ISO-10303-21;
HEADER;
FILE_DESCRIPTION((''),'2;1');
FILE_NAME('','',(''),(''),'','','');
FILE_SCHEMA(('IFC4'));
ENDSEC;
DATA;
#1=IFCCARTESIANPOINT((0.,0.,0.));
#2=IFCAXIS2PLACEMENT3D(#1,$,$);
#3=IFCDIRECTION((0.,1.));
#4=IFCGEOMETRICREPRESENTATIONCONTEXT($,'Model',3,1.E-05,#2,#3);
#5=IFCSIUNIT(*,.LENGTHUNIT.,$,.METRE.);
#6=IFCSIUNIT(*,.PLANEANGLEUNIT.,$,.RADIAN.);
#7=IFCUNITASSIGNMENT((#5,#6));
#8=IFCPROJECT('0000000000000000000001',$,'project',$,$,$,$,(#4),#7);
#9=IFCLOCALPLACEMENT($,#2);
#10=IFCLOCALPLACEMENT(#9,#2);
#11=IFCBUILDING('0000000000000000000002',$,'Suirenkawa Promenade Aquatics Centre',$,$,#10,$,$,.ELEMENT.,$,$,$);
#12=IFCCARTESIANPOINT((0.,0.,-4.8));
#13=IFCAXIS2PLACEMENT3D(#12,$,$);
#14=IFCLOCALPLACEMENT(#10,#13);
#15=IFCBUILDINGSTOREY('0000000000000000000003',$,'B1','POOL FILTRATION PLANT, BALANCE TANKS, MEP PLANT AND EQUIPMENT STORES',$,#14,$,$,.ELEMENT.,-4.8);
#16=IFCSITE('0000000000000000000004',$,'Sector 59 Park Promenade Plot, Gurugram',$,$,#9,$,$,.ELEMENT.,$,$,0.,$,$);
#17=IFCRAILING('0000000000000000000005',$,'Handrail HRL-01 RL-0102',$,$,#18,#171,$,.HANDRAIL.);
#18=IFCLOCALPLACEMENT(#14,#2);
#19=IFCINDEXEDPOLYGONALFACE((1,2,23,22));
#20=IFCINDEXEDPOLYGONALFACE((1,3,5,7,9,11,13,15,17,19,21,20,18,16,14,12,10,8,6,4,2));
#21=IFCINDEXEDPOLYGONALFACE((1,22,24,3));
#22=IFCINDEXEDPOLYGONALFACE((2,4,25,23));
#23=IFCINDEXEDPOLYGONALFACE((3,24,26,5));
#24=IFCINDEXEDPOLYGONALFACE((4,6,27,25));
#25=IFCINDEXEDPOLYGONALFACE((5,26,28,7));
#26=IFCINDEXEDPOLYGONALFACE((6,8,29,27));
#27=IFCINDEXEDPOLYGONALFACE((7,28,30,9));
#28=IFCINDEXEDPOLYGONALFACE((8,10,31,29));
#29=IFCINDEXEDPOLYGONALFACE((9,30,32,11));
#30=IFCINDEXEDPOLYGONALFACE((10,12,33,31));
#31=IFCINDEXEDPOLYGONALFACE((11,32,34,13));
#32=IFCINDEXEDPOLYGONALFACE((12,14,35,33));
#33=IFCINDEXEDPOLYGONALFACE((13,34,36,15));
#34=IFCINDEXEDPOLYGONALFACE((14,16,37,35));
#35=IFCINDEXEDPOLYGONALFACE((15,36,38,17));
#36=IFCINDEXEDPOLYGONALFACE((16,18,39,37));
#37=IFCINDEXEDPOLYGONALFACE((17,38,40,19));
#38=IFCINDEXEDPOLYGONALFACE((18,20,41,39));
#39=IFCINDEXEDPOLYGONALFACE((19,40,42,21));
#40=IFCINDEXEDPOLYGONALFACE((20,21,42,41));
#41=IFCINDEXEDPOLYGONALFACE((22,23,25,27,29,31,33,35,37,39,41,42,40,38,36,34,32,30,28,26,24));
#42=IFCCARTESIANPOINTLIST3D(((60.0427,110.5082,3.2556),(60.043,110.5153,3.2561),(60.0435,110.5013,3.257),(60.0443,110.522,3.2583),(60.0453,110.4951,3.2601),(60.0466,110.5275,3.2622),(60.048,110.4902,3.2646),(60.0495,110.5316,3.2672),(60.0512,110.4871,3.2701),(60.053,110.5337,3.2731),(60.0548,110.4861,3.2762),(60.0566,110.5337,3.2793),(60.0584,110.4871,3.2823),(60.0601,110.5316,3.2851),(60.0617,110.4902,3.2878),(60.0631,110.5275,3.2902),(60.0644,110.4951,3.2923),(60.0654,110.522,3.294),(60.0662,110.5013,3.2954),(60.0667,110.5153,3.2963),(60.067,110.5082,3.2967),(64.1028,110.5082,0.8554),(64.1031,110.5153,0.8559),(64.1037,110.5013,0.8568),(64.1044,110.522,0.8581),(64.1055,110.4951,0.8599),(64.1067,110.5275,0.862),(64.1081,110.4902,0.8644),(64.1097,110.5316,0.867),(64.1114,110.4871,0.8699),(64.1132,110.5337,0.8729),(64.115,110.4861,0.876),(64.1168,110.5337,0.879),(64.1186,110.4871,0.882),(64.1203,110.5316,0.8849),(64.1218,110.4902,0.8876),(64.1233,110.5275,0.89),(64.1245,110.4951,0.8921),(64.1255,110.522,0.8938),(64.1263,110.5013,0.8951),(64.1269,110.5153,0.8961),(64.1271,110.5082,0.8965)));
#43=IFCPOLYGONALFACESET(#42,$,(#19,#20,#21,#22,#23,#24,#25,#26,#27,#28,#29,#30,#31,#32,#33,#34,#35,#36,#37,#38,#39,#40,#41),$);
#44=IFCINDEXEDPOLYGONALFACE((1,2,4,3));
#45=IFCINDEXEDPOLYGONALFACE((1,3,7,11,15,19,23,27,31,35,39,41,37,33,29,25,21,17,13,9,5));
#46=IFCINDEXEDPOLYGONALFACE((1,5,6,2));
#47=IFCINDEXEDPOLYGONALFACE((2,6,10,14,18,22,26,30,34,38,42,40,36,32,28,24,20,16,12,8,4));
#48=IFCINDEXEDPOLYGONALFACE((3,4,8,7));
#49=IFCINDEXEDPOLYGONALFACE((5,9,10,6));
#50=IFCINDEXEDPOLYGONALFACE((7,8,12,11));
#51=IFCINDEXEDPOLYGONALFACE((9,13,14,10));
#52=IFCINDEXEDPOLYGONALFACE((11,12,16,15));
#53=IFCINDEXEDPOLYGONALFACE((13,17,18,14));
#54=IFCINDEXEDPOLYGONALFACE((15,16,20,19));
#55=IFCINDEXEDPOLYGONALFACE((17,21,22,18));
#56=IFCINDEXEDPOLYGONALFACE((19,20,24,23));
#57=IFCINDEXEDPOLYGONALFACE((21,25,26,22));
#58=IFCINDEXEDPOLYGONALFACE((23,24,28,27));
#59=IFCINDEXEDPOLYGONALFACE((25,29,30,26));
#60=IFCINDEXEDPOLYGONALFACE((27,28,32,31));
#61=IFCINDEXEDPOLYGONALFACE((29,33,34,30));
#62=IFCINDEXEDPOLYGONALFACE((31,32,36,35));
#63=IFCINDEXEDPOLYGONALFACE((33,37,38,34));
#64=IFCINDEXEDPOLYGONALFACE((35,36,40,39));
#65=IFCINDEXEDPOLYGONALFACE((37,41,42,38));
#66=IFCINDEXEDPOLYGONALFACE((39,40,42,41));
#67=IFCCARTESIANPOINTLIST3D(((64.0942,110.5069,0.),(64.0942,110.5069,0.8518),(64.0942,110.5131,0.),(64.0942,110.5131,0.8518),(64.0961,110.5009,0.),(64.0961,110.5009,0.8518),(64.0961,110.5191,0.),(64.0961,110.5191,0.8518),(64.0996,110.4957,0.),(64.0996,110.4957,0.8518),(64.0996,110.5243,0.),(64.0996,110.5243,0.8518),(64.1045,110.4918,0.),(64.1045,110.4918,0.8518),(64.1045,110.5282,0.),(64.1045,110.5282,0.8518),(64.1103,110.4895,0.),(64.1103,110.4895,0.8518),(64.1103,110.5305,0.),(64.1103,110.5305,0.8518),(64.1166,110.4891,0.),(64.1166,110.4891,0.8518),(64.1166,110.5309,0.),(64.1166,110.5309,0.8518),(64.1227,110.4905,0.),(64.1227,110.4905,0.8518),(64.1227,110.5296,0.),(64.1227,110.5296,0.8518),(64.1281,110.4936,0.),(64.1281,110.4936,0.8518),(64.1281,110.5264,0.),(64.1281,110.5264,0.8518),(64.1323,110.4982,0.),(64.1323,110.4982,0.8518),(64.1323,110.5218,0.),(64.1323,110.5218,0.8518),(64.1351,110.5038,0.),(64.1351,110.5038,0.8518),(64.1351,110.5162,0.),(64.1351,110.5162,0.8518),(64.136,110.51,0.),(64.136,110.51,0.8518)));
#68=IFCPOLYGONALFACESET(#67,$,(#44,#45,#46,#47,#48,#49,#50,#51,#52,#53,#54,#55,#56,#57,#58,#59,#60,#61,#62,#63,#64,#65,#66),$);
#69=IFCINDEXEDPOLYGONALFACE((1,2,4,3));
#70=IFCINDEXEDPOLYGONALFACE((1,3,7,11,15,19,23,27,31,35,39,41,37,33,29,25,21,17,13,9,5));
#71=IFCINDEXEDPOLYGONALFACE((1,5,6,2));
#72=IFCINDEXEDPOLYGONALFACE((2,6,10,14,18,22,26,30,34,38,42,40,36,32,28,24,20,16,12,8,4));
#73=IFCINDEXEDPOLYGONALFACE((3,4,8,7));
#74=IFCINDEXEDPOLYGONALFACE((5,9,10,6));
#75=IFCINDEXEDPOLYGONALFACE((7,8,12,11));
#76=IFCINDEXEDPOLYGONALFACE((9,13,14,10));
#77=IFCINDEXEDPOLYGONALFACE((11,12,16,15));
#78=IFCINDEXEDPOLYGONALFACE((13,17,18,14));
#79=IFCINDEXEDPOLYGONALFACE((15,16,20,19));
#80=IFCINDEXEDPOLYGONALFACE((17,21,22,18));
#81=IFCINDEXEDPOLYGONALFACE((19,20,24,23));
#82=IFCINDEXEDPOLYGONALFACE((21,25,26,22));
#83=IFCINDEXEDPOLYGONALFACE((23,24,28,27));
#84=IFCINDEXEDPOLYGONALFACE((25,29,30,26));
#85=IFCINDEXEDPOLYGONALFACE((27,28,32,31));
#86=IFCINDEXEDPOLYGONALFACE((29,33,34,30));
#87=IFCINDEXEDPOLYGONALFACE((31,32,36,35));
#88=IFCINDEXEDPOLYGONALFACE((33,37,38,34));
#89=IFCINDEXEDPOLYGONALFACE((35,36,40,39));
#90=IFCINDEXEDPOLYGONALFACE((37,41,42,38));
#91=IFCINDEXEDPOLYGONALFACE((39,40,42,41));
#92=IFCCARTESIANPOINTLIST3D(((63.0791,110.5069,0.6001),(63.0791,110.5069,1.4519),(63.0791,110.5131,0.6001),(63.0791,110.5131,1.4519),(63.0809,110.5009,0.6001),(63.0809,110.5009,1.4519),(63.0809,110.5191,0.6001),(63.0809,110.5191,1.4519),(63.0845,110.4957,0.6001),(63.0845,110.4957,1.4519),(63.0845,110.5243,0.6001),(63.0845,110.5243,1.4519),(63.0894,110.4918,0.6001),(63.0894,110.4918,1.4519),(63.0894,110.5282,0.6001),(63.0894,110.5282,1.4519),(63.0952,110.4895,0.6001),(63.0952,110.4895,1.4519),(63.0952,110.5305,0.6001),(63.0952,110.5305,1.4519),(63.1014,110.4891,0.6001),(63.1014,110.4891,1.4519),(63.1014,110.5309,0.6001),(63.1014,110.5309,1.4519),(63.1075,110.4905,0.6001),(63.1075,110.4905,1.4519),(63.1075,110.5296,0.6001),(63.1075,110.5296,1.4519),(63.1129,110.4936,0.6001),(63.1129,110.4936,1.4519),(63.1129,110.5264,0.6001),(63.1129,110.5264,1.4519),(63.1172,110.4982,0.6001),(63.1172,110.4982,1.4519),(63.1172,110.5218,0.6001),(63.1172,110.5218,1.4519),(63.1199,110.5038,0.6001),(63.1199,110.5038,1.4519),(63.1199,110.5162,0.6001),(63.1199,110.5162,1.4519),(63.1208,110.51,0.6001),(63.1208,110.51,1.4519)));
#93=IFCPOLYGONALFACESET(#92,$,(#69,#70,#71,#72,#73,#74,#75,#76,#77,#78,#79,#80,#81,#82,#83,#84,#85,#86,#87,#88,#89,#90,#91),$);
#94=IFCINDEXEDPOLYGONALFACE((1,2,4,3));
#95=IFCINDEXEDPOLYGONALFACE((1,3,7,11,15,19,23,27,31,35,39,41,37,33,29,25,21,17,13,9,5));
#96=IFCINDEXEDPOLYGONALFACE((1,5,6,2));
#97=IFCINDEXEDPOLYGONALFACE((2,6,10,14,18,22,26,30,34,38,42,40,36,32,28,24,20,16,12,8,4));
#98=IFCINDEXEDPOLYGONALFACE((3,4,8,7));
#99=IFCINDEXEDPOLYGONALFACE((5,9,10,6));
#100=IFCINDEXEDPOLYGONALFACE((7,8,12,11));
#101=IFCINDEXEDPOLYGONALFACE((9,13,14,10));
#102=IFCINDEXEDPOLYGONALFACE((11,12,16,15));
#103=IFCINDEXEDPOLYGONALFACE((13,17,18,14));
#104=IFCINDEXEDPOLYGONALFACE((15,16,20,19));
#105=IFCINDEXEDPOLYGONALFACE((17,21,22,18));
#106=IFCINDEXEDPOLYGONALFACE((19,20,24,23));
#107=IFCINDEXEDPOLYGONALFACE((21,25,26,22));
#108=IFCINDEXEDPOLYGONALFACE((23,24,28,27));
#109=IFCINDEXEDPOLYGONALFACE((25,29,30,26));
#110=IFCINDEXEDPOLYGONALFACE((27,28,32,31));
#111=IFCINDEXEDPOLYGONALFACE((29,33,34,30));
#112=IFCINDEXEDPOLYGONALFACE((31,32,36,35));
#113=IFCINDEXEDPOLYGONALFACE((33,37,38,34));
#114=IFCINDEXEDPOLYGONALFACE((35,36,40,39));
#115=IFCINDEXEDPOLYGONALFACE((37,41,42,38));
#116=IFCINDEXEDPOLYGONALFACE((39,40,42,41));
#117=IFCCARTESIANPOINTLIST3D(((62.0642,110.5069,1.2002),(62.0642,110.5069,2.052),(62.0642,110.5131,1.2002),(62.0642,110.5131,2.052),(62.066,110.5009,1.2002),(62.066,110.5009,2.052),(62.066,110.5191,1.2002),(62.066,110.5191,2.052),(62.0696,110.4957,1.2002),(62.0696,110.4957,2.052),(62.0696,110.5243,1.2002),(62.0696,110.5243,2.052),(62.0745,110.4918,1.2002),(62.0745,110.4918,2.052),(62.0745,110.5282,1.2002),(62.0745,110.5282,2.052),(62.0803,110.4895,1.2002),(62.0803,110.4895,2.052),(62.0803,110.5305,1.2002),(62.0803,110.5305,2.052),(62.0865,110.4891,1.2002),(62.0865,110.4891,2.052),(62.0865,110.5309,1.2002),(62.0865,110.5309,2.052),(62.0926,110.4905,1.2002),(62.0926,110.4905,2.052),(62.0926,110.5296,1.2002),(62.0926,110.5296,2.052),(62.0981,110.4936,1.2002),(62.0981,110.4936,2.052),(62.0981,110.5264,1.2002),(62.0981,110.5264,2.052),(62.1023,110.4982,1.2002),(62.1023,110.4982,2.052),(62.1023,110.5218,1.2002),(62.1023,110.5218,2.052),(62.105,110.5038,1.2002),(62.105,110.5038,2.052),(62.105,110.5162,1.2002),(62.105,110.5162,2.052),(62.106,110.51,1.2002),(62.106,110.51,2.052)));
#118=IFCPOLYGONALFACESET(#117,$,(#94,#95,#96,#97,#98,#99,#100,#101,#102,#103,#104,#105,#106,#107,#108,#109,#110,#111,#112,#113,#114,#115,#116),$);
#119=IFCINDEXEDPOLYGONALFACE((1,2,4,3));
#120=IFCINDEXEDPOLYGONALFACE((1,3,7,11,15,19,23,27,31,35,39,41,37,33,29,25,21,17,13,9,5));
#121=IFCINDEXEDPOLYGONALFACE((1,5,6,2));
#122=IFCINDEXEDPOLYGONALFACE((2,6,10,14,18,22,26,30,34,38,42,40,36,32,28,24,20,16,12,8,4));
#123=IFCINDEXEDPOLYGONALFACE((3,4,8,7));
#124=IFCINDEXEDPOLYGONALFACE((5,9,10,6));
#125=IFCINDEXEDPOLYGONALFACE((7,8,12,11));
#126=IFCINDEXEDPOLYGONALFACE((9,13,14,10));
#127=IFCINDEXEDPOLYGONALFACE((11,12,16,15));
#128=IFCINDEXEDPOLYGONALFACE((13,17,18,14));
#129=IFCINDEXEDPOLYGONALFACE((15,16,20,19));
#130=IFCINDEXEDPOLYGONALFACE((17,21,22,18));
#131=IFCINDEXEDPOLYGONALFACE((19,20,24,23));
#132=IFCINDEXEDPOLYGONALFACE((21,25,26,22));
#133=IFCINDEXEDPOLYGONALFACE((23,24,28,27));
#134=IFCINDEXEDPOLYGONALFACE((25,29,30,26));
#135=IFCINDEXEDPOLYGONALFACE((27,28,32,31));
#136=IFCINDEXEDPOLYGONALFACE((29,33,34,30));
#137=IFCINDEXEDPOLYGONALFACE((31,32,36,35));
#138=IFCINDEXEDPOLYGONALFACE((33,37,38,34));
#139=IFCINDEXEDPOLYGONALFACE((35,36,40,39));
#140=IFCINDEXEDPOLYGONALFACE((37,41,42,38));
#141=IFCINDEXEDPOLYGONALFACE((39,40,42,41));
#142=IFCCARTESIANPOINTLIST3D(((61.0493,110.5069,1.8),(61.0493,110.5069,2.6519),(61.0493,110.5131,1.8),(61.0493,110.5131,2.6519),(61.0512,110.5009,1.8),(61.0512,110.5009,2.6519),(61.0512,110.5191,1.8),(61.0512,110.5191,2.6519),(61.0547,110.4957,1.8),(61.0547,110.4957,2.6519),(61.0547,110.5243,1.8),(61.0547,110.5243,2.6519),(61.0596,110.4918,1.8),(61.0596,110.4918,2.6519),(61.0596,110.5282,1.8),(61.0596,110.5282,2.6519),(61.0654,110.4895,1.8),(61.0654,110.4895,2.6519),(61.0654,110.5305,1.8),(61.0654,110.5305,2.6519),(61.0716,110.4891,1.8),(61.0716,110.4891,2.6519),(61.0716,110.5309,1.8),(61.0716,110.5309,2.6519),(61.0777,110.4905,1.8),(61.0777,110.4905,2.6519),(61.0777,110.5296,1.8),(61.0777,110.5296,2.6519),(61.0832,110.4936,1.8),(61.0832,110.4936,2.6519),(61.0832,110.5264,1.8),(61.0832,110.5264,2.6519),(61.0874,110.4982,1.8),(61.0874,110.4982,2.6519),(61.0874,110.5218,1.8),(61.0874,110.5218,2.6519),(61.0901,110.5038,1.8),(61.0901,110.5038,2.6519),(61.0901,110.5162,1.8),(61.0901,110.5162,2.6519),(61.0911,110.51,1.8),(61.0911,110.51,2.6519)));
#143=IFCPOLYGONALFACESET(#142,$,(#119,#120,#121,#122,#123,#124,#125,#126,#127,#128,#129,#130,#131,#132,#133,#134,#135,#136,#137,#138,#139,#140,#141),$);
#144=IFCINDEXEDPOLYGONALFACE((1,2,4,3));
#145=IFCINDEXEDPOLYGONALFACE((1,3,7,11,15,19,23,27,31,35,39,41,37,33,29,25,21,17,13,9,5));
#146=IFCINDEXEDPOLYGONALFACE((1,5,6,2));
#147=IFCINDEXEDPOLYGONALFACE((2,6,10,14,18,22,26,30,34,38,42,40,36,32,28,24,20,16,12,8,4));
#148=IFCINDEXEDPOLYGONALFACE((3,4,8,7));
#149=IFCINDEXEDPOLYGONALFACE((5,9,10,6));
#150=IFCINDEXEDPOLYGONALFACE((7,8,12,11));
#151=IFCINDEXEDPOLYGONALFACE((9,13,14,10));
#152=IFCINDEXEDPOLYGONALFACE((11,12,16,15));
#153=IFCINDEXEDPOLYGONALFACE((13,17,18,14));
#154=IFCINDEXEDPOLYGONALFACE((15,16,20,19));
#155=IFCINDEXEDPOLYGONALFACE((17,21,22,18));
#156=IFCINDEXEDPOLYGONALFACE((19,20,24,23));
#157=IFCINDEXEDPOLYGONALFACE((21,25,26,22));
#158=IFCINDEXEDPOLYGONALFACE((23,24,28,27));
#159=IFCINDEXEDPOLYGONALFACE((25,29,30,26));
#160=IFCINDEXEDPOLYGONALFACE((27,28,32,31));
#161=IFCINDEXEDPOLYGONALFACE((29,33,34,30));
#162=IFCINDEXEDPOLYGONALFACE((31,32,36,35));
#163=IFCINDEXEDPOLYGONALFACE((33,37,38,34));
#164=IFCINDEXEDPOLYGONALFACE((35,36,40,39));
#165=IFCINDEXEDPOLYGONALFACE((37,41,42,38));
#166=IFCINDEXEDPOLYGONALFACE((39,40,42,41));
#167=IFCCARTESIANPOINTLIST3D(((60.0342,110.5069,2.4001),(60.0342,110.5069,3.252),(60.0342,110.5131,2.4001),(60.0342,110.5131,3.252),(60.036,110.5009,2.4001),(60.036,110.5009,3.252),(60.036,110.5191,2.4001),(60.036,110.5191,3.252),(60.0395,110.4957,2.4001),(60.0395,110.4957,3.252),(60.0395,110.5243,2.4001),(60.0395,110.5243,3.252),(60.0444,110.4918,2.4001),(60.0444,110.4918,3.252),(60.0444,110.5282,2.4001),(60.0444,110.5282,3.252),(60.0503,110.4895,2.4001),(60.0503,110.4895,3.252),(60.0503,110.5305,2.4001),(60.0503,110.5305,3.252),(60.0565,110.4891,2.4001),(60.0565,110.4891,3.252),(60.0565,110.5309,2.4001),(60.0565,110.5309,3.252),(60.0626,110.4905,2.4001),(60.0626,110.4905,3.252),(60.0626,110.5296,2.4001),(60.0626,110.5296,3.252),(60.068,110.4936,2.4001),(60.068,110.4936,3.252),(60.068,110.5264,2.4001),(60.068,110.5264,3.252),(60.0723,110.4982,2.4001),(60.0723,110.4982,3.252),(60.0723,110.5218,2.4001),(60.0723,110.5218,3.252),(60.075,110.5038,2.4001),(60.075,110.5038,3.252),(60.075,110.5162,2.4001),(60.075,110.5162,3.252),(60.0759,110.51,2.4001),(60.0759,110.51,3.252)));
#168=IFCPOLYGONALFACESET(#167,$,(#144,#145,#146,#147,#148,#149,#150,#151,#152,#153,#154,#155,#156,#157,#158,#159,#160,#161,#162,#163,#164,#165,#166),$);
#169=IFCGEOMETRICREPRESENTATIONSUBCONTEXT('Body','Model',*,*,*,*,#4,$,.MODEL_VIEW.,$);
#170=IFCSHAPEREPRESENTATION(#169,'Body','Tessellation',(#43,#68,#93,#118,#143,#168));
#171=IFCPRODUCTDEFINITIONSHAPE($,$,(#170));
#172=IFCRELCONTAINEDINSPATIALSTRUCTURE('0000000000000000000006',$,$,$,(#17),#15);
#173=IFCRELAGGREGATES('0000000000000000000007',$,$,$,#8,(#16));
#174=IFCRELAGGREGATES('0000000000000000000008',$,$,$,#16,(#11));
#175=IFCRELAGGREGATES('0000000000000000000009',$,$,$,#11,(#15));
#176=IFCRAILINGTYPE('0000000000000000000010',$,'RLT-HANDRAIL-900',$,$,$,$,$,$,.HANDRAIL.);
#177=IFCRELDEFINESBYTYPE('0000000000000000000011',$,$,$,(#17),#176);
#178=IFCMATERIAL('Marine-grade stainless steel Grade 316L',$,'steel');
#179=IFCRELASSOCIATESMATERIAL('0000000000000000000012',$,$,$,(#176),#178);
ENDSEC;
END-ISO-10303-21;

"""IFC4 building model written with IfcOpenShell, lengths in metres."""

from ifc_helpers import new_model, si_unit, direction, frame, origin, origin_2d, place, context, subcontext, project, spatial, circle, extrude, material, type_object, element, save


model = new_model("IFC4")

# Units and contexts
model_context = context("Model", 3, precision=1e-05, world=origin(), true_north=direction((0.0, 1.0)))
body_context = subcontext(model_context, "Body", "Model", "MODEL_VIEW")
ifc_project = project(units=[si_unit("LENGTHUNIT", "METRE"), si_unit("PLANEANGLEUNIT", "RADIAN")], contexts=[model_context])

# Site, building, storey
site_placement = place(None, origin())
site = spatial("IfcSite", under=ifc_project, at=site_placement, Name="Sector 59 Park Promenade Plot, Gurugram", CompositionType="ELEMENT", RefElevation=0.0)
building_placement = place(site_placement, origin())
building = spatial("IfcBuilding", under=site, at=building_placement, Name="Suirenkawa Promenade Aquatics Centre", CompositionType="ELEMENT")
storey_placement = place(building_placement, frame((0.0, 0.0, -4.8)))
storey = spatial("IfcBuildingStorey", under=building, at=storey_placement, Name="B1", Description="POOL FILTRATION PLANT, BALANCE TANKS, MEP PLANT AND EQUIPMENT STORES", CompositionType="ELEMENT", Elevation=-4.8)

# Shared definitions
ifc_material_1 = material(Name="Marine-grade stainless steel Grade 316L", Category="steel")

# Railing
railing_type_1 = type_object("IfcRailingType", Name="RLT-HANDRAIL-900", PredefinedType="HANDRAIL", material=ifc_material_1)
for number, where, name in (
    (1, (64.115, 110.51, 0.0), "Handrail HRL-01 RL-0102"),
):
    element("IfcRailing", number, at=place(storey_placement, frame(where)), inside=storey, type_object=railing_type_1, Name=name, PredefinedType="HANDRAIL", context=body_context, shape_type="SweptSolid", body=[
        extrude(circle(Radius=0.0239, at=origin_2d()), frame((0.0, 0.0, 0.876), z_axis=(-0.860832, 0.0, 0.50889), x_axis=(0.0, -1.0, 0.0)), (0.0, 0.0, 1.0), 4.7166),
        extrude(circle(Radius=0.021, at=origin_2d()), origin(), (0.0, 0.0, 1.0), 0.8518),
        extrude(circle(Radius=0.021, at=origin_2d()), frame((-1.0151, 0.0, 0.6001)), (0.0, 0.0, 1.0), 0.8518),
        extrude(circle(Radius=0.021, at=origin_2d()), frame((-2.03, 0.0, 1.2002)), (0.0, 0.0, 1.0), 0.8518),
        extrude(circle(Radius=0.021, at=origin_2d()), frame((-3.0449, 0.0, 1.8)), (0.0, 0.0, 1.0), 0.8518),
        extrude(circle(Radius=0.021, at=origin_2d()), frame((-4.0601, 0.0, 2.4001)), (0.0, 0.0, 1.0), 0.8518),
    ])

save(model, "model.ifc")
